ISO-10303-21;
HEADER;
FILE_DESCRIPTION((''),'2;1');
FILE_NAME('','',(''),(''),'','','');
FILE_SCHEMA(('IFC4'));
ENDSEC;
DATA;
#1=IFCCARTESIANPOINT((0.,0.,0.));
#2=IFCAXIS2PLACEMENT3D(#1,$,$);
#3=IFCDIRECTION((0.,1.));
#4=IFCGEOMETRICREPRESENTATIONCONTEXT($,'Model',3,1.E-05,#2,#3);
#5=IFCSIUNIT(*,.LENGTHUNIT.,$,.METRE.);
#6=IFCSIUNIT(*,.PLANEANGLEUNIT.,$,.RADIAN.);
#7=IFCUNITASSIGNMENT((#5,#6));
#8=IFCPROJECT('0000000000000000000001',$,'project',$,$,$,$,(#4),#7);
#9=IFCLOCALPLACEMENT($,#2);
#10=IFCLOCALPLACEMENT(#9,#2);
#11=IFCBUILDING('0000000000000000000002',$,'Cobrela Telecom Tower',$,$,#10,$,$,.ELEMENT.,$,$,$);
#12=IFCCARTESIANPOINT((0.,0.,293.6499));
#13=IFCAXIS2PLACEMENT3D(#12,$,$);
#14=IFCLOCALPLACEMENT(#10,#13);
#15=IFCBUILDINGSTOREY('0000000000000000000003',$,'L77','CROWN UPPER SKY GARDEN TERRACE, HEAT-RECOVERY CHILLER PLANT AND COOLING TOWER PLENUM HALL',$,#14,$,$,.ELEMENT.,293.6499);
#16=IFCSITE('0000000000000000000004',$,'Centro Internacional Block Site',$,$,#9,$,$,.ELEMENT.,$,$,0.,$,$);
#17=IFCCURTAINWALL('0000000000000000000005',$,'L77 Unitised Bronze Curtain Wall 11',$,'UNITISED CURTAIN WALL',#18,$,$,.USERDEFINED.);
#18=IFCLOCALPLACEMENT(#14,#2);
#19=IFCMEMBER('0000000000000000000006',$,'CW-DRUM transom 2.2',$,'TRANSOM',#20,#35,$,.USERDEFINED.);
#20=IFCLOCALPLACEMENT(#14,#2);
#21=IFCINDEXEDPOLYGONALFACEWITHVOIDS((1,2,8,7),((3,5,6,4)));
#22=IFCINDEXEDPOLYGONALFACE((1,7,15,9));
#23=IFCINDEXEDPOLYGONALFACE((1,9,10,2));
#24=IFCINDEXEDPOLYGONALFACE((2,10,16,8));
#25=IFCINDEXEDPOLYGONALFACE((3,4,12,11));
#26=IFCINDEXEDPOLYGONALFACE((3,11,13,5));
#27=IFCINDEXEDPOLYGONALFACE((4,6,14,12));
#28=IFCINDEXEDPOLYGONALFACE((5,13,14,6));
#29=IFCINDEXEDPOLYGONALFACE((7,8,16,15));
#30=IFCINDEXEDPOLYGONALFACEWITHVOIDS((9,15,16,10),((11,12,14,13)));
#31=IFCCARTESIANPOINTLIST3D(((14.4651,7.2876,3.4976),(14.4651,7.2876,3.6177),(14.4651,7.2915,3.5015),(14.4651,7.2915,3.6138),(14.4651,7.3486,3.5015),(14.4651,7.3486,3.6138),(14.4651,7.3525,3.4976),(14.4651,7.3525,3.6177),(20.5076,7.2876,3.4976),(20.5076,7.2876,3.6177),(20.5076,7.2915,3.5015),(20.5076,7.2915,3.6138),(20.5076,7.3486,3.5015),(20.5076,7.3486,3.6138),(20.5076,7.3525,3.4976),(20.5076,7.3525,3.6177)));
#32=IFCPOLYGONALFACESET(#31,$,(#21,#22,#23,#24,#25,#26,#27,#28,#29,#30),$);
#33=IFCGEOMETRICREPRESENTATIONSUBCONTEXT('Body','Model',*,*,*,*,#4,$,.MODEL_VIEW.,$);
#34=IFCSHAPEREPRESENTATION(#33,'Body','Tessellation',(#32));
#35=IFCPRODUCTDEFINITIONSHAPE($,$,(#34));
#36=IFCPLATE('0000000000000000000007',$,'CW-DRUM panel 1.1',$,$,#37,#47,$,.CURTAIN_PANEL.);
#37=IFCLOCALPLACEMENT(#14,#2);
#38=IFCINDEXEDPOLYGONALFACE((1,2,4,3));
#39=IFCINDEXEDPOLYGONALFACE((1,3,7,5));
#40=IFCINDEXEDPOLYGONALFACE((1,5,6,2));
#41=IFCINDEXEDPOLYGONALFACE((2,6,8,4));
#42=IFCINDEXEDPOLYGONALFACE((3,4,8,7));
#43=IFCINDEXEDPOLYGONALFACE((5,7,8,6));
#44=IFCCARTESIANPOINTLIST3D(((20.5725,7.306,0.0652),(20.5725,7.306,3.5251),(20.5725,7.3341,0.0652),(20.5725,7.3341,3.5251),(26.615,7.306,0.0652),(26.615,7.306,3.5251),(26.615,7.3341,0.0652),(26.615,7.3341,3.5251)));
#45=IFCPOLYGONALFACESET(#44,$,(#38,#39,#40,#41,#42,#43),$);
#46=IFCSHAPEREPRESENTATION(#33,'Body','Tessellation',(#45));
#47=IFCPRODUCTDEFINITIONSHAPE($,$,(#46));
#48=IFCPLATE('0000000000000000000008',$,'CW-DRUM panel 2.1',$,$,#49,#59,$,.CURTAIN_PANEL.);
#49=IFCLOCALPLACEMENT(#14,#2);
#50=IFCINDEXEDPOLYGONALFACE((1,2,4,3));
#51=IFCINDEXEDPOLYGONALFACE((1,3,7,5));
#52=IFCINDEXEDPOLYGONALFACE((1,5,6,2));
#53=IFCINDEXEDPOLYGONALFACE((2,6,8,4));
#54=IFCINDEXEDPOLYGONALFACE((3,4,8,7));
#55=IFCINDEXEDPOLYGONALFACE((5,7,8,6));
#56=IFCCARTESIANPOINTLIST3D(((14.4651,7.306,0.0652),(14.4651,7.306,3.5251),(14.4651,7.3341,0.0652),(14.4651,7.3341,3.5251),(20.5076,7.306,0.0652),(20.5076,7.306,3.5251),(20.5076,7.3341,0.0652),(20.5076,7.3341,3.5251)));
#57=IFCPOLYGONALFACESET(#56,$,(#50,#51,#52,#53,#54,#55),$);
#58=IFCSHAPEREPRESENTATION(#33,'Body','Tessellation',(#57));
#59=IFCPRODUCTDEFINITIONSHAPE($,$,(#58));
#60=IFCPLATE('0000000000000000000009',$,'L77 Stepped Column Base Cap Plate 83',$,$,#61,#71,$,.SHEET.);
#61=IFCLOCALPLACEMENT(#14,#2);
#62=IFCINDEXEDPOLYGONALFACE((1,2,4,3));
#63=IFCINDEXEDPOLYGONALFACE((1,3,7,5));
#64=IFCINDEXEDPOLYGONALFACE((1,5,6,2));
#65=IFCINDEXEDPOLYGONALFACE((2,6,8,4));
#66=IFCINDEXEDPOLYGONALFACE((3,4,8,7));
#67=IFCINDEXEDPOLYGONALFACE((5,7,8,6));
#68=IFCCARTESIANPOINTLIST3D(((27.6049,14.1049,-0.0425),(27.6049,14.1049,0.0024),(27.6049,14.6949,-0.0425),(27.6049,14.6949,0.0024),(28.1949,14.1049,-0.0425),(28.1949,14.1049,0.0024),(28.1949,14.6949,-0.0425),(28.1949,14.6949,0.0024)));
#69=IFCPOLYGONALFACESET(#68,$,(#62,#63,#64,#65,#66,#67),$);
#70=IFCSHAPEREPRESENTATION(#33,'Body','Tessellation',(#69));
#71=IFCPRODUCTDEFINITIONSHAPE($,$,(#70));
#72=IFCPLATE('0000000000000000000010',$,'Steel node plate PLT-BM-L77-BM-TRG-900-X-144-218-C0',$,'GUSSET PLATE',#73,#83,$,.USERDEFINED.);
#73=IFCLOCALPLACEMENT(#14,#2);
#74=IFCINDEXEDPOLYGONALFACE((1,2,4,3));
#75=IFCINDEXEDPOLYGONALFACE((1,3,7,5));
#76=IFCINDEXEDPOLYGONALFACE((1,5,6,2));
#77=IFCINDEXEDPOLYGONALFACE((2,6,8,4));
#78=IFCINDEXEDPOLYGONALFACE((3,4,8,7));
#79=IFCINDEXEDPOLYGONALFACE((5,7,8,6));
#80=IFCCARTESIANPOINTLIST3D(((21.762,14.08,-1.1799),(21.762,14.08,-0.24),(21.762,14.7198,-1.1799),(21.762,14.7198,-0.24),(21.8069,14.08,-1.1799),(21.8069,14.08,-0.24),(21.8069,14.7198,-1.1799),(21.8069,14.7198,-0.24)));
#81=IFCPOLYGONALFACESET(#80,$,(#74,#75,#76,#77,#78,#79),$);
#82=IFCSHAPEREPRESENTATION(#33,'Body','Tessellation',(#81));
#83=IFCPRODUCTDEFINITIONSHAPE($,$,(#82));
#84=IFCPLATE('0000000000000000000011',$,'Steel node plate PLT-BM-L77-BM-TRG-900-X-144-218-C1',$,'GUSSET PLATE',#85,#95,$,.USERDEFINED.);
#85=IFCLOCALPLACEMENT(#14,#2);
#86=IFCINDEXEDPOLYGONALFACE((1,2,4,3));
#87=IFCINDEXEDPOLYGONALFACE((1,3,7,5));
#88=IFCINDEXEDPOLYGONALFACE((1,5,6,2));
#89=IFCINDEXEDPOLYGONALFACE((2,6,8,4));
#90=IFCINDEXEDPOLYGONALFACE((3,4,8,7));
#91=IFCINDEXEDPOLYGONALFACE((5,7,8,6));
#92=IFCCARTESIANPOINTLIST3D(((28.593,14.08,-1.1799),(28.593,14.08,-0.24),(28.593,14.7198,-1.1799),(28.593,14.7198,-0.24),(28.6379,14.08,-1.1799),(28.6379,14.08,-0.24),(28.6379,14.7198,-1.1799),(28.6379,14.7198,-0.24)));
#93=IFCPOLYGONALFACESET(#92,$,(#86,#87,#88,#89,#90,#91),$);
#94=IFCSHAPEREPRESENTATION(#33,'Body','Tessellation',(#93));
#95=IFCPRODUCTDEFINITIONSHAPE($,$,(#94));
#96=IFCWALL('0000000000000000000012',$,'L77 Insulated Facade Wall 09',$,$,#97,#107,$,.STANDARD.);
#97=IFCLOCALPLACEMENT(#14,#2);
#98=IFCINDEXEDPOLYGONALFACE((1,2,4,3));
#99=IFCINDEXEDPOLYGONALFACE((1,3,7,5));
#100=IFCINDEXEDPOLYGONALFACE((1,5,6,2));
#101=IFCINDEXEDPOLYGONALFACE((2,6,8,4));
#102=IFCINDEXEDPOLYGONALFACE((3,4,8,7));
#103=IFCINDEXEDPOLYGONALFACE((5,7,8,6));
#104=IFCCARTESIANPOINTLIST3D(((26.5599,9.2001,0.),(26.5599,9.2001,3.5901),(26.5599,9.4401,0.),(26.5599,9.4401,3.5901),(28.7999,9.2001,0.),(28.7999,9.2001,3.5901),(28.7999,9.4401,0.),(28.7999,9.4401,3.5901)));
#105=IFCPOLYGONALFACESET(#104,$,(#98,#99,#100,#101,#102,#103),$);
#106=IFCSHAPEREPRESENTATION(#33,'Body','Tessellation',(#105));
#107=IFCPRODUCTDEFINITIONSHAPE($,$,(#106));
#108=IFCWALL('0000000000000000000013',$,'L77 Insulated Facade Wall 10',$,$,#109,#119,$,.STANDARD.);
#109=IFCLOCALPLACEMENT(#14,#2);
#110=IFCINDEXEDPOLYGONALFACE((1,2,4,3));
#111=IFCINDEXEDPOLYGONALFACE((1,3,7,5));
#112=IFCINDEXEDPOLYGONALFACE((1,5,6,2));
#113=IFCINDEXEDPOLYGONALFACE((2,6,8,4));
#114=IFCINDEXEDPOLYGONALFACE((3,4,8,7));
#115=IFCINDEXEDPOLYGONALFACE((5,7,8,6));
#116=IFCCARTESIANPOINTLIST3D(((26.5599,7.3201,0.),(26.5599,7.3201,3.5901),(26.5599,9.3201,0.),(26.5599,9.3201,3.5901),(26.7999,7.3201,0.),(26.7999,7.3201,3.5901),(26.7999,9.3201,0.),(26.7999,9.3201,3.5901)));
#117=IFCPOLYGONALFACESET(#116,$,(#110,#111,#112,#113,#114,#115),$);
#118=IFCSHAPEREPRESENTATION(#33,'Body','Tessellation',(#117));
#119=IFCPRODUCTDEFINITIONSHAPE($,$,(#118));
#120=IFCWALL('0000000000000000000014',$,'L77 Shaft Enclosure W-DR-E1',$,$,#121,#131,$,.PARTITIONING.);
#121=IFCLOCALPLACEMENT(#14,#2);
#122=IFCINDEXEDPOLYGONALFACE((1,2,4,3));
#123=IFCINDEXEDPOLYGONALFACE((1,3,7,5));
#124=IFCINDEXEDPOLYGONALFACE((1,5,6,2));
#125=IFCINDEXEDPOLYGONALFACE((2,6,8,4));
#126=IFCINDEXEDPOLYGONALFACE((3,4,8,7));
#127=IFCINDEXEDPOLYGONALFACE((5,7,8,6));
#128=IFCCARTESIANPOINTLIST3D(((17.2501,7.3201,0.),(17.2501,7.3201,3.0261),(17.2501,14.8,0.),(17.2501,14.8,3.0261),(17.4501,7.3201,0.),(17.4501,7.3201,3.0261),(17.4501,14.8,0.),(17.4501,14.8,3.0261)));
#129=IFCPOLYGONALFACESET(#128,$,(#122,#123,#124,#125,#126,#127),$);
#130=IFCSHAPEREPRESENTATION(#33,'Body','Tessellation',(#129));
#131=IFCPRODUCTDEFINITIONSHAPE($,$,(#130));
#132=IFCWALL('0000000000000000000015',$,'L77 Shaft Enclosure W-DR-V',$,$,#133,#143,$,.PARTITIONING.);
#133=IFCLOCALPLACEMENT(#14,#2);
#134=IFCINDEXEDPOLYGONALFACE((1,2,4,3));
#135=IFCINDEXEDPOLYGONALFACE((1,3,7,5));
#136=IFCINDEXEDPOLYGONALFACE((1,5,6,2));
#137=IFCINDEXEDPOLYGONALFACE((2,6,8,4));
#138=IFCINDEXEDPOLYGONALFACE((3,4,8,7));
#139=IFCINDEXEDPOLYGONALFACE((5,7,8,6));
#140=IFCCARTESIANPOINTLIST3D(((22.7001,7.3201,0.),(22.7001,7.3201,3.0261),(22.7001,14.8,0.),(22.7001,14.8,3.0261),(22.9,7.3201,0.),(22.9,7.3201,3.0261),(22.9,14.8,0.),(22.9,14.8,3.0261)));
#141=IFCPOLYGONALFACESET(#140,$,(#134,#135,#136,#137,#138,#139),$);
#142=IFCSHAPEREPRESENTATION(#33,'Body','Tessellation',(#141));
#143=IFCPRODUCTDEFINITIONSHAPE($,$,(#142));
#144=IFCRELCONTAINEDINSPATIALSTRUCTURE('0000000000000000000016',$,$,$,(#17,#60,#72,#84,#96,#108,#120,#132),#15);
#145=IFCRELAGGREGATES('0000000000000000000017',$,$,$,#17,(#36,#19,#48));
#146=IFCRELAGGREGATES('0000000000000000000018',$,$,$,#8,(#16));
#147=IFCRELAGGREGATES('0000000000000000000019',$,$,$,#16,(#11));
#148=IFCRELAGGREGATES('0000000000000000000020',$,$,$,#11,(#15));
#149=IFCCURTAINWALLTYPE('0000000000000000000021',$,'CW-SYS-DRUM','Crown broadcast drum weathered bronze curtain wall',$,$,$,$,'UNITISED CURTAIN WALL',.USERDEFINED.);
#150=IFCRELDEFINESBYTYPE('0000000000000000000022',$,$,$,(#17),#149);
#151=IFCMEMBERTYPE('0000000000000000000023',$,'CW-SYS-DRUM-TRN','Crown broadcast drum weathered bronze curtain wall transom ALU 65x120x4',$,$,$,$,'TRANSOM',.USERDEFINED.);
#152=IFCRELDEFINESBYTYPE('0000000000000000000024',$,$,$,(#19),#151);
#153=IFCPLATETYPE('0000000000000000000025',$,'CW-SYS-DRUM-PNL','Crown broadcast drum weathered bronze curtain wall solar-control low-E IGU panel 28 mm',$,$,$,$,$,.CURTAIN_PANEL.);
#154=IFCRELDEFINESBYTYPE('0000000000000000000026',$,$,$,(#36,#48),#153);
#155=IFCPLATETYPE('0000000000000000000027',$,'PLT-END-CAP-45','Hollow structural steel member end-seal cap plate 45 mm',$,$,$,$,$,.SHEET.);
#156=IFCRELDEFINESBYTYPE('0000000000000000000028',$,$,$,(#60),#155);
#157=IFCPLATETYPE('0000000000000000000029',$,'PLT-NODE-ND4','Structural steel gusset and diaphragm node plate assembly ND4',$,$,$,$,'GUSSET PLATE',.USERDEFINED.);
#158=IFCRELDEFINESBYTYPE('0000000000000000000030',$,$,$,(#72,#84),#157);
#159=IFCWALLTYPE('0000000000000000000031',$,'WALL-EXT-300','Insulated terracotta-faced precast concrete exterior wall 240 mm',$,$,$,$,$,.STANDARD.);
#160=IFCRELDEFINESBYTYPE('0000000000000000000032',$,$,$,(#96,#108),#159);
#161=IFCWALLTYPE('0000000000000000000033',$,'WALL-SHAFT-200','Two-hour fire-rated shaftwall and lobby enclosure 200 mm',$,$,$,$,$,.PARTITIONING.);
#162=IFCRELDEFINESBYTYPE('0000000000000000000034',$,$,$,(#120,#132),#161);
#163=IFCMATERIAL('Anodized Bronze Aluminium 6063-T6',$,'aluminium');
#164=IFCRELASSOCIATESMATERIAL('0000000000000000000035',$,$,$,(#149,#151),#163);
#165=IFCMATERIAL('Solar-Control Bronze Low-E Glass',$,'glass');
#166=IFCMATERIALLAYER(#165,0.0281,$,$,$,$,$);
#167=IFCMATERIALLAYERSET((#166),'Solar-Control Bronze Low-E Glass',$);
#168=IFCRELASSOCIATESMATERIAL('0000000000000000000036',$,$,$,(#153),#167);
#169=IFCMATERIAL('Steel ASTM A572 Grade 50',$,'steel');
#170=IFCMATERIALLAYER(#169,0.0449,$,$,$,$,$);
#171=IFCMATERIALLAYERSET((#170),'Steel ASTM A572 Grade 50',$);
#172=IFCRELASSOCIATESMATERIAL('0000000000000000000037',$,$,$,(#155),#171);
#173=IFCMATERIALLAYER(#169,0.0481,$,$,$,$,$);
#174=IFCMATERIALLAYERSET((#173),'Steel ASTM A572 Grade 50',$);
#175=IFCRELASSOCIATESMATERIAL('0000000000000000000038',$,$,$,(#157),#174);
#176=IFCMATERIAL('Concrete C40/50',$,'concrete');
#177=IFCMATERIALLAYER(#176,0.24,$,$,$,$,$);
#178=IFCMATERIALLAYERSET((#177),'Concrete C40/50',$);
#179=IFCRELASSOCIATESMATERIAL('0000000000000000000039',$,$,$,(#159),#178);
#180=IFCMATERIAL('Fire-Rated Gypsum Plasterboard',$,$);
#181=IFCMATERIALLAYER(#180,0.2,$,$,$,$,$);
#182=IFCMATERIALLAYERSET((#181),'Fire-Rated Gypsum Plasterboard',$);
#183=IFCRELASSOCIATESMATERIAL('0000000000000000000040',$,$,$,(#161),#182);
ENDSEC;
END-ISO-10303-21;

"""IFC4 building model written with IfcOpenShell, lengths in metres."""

from ifc_helpers import new_model, si_unit, direction, frame, frame_2d, origin, origin_2d, place, context, subcontext, project, spatial, rectangle, hollow_rectangle, extrude, material, layer, layer_set, material_profile, profile_set, type_object, element, aggregate, save


model = new_model("IFC4")

# Units and contexts
model_context = context("Model", 3, precision=1e-05, world=origin(), true_north=direction((0.0, 1.0)))
body_context = subcontext(model_context, "Body", "Model", "MODEL_VIEW")
ifc_project = project(units=[si_unit("LENGTHUNIT", "METRE"), si_unit("PLANEANGLEUNIT", "RADIAN")], contexts=[model_context])

# Site, building, storey
site_placement = place(None, origin())
site = spatial("IfcSite", under=ifc_project, at=site_placement, Name="Centro Internacional Block Site", CompositionType="ELEMENT", RefElevation=0.0)
building_placement = place(site_placement, origin())
building = spatial("IfcBuilding", under=site, at=building_placement, Name="Cobrela Telecom Tower", CompositionType="ELEMENT")
storey_placement = place(building_placement, frame((0.0, 0.0, 293.6499)))
storey = spatial("IfcBuildingStorey", under=building, at=storey_placement, Name="L77", Description="CROWN UPPER SKY GARDEN TERRACE, HEAT-RECOVERY CHILLER PLANT AND COOLING TOWER PLENUM HALL", CompositionType="ELEMENT", Elevation=293.6499)

# Shared definitions
ifc_material_1 = material(Name="Steel ASTM A572 Grade 50", Category="steel")

# Curtain wall, member, plates
ifc_material_2 = material(Name="Anodized Bronze Aluminium 6063-T6", Category="aluminium")
curtain_wall_type = type_object("IfcCurtainWallType", Name="CW-SYS-DRUM", Description="Crown broadcast drum weathered bronze curtain wall", ElementType="UNITISED CURTAIN WALL", PredefinedType="USERDEFINED", material=ifc_material_2)
curtain_wall_placement = place(storey_placement, origin())
curtain_wall = element("IfcCurtainWall", 1, at=curtain_wall_placement, inside=storey, type_object=curtain_wall_type, Name="L77 Unitised Bronze Curtain Wall 11", ObjectType="UNITISED CURTAIN WALL", PredefinedType="USERDEFINED")
ifc_material_profile_1 = material_profile(ifc_material_2, hollow_rectangle(XDim=0.0649, YDim=0.1201, WallThickness=0.0039, at=origin_2d()), Name="ALU 65x120x4")
ifc_profile_set_1 = profile_set([ifc_material_profile_1], Name="Anodized Bronze Aluminium 6063-T6")
member_type_1 = type_object("IfcMemberType", Name="CW-SYS-DRUM-TRN", Description="Crown broadcast drum weathered bronze curtain wall transom ALU 65x120x4", ElementType="TRANSOM", PredefinedType="USERDEFINED", material=ifc_profile_set_1)
member_1_placement = place(storey_placement, frame((20.5076, 7.3201, 3.5576), z_axis=(-1.0, 0.0, 0.0), x_axis=(0.0, -1.0, 0.0)))
member_1 = element("IfcMember", 2, at=member_1_placement, type_object=member_type_1, Name="CW-DRUM transom 2.2", ObjectType="TRANSOM", PredefinedType="USERDEFINED", context=body_context, shape_type="SweptSolid", body=[
    extrude(hollow_rectangle(XDim=0.0649, YDim=0.1201, WallThickness=0.0039, at=origin_2d()), origin(), (0.0, 0.0, 1.0), 6.0425),
])
ifc_material_3 = material(Name="Solar-Control Bronze Low-E Glass", Category="glass")
ifc_layer_1 = layer(ifc_material_3, 0.0281)
ifc_layer_set_1 = layer_set([ifc_layer_1], Name="Solar-Control Bronze Low-E Glass")
plate_type_1 = type_object("IfcPlateType", Name="CW-SYS-DRUM-PNL", Description="Crown broadcast drum weathered bronze curtain wall solar-control low-E IGU panel 28 mm", PredefinedType="CURTAIN_PANEL", material=ifc_layer_set_1)
plate_1_placement = place(storey_placement, frame((23.5938, 7.3201, 0.0652), z_axis=(0.0, 0.0, 1.0), x_axis=(-1.0, 0.0, 0.0)))
plate_1 = element("IfcPlate", 3, at=plate_1_placement, type_object=plate_type_1, Name="CW-DRUM panel 1.1", PredefinedType="CURTAIN_PANEL", context=body_context, shape_type="SweptSolid", body=[
    extrude(rectangle(XDim=6.0425, YDim=0.0281, at=origin_2d()), origin(), (0.0, 0.0, 1.0), 3.46),
])
plate_2_placement = place(storey_placement, frame((17.4863, 7.3201, 0.0652), z_axis=(0.0, 0.0, 1.0), x_axis=(-1.0, 0.0, 0.0)))
plate_2 = element("IfcPlate", 4, at=plate_2_placement, type_object=plate_type_1, Name="CW-DRUM panel 2.1", PredefinedType="CURTAIN_PANEL", context=body_context, shape_type="SweptSolid", body=[
    extrude(rectangle(XDim=6.0425, YDim=0.0281, at=origin_2d()), origin(), (0.0, 0.0, 1.0), 3.46),
])
aggregate(curtain_wall, [plate_1, member_1, plate_2])

# Plates
ifc_layer_2 = layer(ifc_material_1, 0.0449)
ifc_layer_set_2 = layer_set([ifc_layer_2], Name="Steel ASTM A572 Grade 50")
plate_type_2 = type_object("IfcPlateType", Name="PLT-END-CAP-45", Description="Hollow structural steel member end-seal cap plate 45 mm", PredefinedType="SHEET", material=ifc_layer_set_2)
plate_3_placement = place(storey_placement, frame((27.8999, 14.3999, -0.0425), z_axis=(0.0, 0.0, 1.0), x_axis=(1.0, 0.0, 0.0)))
element("IfcPlate", 5, at=plate_3_placement, inside=storey, type_object=plate_type_2, Name="L77 Stepped Column Base Cap Plate 83", PredefinedType="SHEET", context=body_context, shape_type="SweptSolid", body=[
    extrude(rectangle(XDim=0.5901, YDim=0.5901, at=origin_2d()), origin(), (0.0, 0.0, 1.0), 0.0449),
])
ifc_layer_3 = layer(ifc_material_1, 0.0481)
ifc_layer_set_3 = layer_set([ifc_layer_3], Name="Steel ASTM A572 Grade 50")
plate_type_3 = type_object("IfcPlateType", Name="PLT-NODE-ND4", Description="Structural steel gusset and diaphragm node plate assembly ND4", ElementType="GUSSET PLATE", PredefinedType="USERDEFINED", material=ifc_layer_set_3)
for number, where, z_axis, x_axis, name in (
    (6, (21.7844, 14.3999, -1.1799), (0.0, 0.0, 1.0), (1.0, 0.0, 0.0), "Steel node plate PLT-BM-L77-BM-TRG-900-X-144-218-C0"),
    (7, (28.6155, 14.3999, -1.1799), (0.0, 0.0, 1.0), (1.0, 0.0, 0.0), "Steel node plate PLT-BM-L77-BM-TRG-900-X-144-218-C1"),
):
    element("IfcPlate", number, at=place(storey_placement, frame(where, z_axis=z_axis, x_axis=x_axis)), inside=storey, type_object=plate_type_3, Name=name, ObjectType="GUSSET PLATE", PredefinedType="USERDEFINED", context=body_context, shape_type="SweptSolid", body=[
        extrude(rectangle(XDim=0.0449, YDim=0.6399, at=origin_2d()), origin(), (0.0, 0.0, 1.0), 0.9399),
    ])

# Walls
ifc_material_4 = material(Name="Concrete C40/50", Category="concrete")
ifc_layer_4 = layer(ifc_material_4, 0.24)
ifc_layer_set_4 = layer_set([ifc_layer_4], Name="Concrete C40/50")
wall_type_1 = type_object("IfcWallType", Name="WALL-EXT-300", Description="Insulated terracotta-faced precast concrete exterior wall 240 mm", PredefinedType="STANDARD", material=ifc_layer_set_4)
wall_1_placement = place(storey_placement, frame((28.8, 9.3201, 0.0), z_axis=(0.0, 0.0, 1.0), x_axis=(-1.0, 0.0, 0.0)))
element("IfcWall", 8, at=wall_1_placement, inside=storey, type_object=wall_type_1, Name="L77 Insulated Facade Wall 09", PredefinedType="STANDARD", context=body_context, shape_type="SweptSolid", body=[
    extrude(rectangle(XDim=2.24, YDim=0.24, at=frame_2d((1.1201, 0.0))), origin(), (0.0, 0.0, 1.0), 3.5901),
])
wall_2_placement = place(storey_placement, frame((26.6799, 9.3201, 0.0), z_axis=(0.0, 0.0, 1.0), x_axis=(0.0, -1.0, 0.0)))
element("IfcWall", 9, at=wall_2_placement, inside=storey, type_object=wall_type_1, Name="L77 Insulated Facade Wall 10", PredefinedType="STANDARD", context=body_context, shape_type="SweptSolid", body=[
    extrude(rectangle(XDim=2.0, YDim=0.24, at=frame_2d((1.0, 0.0))), origin(), (0.0, 0.0, 1.0), 3.5901),
])
ifc_material_5 = material(Name="Fire-Rated Gypsum Plasterboard")
ifc_layer_5 = layer(ifc_material_5, 0.2)
ifc_layer_set_5 = layer_set([ifc_layer_5], Name="Fire-Rated Gypsum Plasterboard")
wall_type_2 = type_object("IfcWallType", Name="WALL-SHAFT-200", Description="Two-hour fire-rated shaftwall and lobby enclosure 200 mm", PredefinedType="PARTITIONING", material=ifc_layer_set_5)
for number, where, z_axis, x_axis, name in (
    (10, (17.3501, 7.3201, 0.0), (0.0, 0.0, 1.0), (0.0, 1.0, 0.0), "L77 Shaft Enclosure W-DR-E1"),
    (11, (22.8, 7.3201, 0.0), (0.0, 0.0, 1.0), (0.0, 1.0, 0.0), "L77 Shaft Enclosure W-DR-V"),
):
    element("IfcWall", number, at=place(storey_placement, frame(where, z_axis=z_axis, x_axis=x_axis)), inside=storey, type_object=wall_type_2, Name=name, PredefinedType="PARTITIONING", context=body_context, shape_type="SweptSolid", body=[
        extrude(rectangle(XDim=7.48, YDim=0.2, at=frame_2d((3.74, 0.0))), origin(), (0.0, 0.0, 1.0), 3.0261),
    ])

save(model, "model.ifc")
